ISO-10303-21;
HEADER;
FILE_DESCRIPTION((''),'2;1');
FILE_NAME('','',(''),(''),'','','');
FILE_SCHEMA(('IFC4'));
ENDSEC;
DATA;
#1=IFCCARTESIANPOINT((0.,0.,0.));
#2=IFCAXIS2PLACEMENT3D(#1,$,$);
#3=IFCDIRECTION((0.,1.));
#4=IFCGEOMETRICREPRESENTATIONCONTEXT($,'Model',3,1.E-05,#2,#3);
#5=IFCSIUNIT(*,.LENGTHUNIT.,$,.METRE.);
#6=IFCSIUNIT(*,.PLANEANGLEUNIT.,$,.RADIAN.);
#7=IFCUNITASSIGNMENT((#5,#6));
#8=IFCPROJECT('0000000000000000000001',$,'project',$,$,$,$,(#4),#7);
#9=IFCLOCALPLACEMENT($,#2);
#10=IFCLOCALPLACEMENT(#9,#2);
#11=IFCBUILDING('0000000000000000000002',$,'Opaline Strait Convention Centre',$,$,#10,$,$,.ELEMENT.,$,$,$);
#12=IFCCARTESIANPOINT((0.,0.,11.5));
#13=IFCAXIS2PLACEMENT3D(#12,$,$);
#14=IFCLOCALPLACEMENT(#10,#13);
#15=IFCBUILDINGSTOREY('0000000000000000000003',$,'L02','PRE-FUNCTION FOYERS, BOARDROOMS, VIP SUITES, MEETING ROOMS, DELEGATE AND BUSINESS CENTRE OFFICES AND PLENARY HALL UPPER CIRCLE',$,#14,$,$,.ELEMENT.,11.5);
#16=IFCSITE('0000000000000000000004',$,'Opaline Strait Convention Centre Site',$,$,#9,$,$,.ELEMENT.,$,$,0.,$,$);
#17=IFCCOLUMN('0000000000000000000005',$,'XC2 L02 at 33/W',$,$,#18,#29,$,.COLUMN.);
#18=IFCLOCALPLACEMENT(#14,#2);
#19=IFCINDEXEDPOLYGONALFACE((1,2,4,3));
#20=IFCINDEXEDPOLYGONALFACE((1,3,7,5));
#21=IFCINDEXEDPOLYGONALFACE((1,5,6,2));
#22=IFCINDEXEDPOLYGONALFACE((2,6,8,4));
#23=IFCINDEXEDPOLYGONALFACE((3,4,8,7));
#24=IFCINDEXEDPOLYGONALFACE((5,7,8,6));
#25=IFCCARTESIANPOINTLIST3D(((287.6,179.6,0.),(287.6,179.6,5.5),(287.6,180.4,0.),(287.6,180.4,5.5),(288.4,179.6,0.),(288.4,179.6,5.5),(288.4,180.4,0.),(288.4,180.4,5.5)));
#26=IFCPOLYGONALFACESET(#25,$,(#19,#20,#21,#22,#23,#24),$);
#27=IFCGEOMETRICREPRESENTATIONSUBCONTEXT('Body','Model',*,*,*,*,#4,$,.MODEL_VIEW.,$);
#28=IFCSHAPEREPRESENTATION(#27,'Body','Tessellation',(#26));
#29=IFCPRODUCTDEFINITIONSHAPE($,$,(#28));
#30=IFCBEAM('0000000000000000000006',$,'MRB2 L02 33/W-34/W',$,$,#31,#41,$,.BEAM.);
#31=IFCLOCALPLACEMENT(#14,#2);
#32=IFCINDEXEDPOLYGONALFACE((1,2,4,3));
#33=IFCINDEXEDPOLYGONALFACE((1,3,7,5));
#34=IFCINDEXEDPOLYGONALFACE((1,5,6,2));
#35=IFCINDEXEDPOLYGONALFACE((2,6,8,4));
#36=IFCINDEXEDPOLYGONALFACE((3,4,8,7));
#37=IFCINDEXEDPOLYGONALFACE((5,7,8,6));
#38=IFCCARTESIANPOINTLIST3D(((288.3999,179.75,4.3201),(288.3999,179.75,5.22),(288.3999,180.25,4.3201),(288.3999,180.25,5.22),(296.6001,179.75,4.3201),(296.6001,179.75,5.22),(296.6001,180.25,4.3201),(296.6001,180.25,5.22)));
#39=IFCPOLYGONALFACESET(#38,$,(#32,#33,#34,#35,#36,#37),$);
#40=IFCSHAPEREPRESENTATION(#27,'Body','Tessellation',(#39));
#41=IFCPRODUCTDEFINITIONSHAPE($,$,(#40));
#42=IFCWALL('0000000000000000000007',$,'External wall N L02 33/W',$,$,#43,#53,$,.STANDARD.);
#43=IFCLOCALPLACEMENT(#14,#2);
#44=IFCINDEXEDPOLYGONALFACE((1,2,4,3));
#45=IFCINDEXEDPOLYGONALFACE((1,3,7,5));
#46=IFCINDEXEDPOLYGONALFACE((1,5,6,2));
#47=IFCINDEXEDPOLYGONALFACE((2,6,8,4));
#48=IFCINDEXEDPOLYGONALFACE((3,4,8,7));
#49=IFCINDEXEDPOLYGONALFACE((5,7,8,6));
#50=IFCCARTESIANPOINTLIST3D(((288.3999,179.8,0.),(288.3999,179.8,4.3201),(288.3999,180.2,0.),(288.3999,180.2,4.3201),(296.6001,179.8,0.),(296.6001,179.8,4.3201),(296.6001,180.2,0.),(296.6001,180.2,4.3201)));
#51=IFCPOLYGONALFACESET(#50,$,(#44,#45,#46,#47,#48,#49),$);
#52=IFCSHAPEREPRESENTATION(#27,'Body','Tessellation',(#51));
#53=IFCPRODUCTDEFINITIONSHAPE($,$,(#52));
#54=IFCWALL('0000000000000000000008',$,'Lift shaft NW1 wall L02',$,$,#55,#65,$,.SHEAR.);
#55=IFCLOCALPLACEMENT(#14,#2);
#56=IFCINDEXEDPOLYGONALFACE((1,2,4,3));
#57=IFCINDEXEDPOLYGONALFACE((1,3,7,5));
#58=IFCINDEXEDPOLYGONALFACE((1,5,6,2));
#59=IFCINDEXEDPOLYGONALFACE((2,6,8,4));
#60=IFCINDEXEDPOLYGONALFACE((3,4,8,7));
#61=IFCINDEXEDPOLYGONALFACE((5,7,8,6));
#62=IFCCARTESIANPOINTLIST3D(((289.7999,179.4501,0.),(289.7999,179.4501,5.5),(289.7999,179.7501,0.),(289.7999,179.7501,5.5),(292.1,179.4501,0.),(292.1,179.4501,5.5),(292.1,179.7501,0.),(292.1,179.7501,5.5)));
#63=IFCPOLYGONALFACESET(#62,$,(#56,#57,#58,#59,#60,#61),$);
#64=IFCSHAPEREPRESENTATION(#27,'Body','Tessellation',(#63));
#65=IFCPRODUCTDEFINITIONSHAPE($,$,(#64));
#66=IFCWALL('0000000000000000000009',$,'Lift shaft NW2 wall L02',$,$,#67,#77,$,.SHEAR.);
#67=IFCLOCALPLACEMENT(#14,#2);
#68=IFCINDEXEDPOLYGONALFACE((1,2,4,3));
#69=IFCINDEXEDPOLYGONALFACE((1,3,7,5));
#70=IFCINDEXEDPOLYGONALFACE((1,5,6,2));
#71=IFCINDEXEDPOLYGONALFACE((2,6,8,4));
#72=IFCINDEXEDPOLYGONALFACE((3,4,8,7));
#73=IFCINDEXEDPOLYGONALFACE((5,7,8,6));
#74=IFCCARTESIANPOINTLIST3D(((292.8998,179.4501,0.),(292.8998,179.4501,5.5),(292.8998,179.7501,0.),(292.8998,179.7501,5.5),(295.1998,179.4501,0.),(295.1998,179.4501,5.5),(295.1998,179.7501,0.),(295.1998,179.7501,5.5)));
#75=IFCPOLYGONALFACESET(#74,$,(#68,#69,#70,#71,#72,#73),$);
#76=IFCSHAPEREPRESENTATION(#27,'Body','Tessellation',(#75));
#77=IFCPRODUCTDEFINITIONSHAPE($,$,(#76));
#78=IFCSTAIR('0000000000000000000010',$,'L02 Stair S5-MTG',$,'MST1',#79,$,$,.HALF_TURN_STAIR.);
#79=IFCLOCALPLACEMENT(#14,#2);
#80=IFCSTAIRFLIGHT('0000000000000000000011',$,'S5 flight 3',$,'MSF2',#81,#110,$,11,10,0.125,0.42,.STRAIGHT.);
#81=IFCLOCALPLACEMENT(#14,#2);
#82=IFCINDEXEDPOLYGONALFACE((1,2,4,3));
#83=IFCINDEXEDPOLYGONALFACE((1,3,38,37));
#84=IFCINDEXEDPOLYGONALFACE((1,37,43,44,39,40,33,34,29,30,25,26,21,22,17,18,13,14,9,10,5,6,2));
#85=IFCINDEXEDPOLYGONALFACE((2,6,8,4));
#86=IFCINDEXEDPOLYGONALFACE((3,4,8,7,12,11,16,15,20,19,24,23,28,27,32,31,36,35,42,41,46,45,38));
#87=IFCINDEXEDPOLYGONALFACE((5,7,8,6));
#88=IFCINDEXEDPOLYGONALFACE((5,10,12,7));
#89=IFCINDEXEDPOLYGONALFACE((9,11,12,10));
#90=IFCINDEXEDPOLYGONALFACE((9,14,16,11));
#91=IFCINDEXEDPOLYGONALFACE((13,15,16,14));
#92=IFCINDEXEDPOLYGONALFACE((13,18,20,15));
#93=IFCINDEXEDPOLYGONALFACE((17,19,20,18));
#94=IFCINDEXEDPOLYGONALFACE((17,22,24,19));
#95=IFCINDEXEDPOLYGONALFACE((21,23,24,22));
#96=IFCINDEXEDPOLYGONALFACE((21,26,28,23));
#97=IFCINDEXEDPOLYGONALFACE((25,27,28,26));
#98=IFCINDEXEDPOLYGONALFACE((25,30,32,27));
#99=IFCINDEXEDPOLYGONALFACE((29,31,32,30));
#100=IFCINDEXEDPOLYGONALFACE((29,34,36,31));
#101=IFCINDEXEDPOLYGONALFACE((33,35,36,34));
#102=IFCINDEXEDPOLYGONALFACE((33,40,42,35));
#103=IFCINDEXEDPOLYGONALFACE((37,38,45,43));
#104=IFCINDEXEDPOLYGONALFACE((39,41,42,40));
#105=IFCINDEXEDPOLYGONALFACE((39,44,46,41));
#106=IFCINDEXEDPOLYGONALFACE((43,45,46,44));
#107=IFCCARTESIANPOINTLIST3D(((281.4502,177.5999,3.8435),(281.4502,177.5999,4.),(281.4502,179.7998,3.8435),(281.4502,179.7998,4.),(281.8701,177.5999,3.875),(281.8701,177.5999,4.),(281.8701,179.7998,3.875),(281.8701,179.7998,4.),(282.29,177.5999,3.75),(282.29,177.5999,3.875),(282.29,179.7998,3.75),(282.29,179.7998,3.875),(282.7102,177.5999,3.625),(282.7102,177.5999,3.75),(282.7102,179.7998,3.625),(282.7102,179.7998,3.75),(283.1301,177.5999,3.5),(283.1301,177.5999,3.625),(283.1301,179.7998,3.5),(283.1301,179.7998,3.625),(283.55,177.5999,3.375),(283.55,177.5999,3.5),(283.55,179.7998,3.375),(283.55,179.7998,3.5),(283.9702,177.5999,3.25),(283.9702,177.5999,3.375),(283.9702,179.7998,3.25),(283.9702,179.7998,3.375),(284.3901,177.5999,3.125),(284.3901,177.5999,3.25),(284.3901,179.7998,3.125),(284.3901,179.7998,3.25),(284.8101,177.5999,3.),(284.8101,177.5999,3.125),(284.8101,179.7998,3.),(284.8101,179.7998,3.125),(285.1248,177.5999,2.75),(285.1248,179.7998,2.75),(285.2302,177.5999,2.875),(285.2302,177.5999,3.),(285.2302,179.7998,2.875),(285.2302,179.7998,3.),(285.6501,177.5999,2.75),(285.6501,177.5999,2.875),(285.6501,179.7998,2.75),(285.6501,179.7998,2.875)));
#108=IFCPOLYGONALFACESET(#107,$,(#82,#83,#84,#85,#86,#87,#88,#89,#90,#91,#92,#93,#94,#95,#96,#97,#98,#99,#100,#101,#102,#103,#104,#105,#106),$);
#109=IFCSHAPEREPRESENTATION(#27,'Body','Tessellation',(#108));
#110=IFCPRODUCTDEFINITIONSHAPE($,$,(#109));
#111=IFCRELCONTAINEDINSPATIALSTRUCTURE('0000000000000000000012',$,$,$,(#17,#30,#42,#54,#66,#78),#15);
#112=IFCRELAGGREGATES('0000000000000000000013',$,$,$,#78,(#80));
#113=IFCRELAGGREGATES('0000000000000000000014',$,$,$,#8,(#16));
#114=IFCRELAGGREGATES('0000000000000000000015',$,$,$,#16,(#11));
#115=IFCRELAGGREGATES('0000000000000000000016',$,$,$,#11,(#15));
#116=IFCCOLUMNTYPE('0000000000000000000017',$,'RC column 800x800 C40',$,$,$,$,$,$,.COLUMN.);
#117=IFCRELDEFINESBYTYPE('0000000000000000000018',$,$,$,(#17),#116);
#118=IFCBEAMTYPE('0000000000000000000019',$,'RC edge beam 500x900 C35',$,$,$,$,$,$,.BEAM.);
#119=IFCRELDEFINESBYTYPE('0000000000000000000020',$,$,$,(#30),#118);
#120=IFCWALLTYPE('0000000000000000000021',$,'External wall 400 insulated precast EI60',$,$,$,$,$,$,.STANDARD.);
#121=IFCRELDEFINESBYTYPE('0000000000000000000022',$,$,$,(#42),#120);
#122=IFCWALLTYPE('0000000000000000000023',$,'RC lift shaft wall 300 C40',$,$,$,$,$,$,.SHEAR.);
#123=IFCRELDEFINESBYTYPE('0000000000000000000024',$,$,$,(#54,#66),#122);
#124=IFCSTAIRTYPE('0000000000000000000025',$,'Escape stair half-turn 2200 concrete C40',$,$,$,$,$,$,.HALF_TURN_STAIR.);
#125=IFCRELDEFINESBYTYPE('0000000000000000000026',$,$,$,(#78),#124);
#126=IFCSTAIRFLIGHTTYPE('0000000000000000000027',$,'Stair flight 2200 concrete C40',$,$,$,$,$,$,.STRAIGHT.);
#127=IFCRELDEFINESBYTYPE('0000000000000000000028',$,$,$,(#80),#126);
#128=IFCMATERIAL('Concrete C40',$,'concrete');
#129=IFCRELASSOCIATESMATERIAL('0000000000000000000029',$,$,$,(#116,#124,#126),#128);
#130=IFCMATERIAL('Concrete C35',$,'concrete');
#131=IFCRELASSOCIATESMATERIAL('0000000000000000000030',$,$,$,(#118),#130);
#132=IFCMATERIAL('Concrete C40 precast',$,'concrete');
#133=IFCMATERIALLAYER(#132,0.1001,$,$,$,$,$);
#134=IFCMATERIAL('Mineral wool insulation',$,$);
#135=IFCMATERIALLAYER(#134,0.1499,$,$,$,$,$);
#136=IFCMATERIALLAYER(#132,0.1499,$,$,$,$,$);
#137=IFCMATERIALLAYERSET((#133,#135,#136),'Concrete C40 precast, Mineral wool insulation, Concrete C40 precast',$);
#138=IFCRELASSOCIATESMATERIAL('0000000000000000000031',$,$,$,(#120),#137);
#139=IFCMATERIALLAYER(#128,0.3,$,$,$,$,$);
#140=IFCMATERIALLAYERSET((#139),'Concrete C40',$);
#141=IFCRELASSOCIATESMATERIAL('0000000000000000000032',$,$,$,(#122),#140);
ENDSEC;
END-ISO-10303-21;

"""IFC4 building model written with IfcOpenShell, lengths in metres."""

from ifc_helpers import new_model, si_unit, direction, frame, frame_2d, origin, origin_2d, place, context, subcontext, project, spatial, polyline, rectangle, outline, extrude, material, layer, layer_set, material_profile, profile_set, type_object, element, aggregate, save


model = new_model("IFC4")

# Units and contexts
model_context = context("Model", 3, precision=1e-05, world=origin(), true_north=direction((0.0, 1.0)))
body_context = subcontext(model_context, "Body", "Model", "MODEL_VIEW")
ifc_project = project(units=[si_unit("LENGTHUNIT", "METRE"), si_unit("PLANEANGLEUNIT", "RADIAN")], contexts=[model_context])

# Site, building, storey
site_placement = place(None, origin())
site = spatial("IfcSite", under=ifc_project, at=site_placement, Name="Opaline Strait Convention Centre Site", CompositionType="ELEMENT", RefElevation=0.0)
building_placement = place(site_placement, origin())
building = spatial("IfcBuilding", under=site, at=building_placement, Name="Opaline Strait Convention Centre", CompositionType="ELEMENT")
storey_placement = place(building_placement, frame((0.0, 0.0, 11.5)))
storey = spatial("IfcBuildingStorey", under=building, at=storey_placement, Name="L02", Description="PRE-FUNCTION FOYERS, BOARDROOMS, VIP SUITES, MEETING ROOMS, DELEGATE AND BUSINESS CENTRE OFFICES AND PLENARY HALL UPPER CIRCLE", CompositionType="ELEMENT", Elevation=11.5)

# Column
ifc_material_1 = material(Name="Concrete C40", Category="concrete")
ifc_material_profile_1 = material_profile(ifc_material_1, rectangle(XDim=0.8, YDim=0.8, at=origin_2d()), Name="RC 800x800")
ifc_profile_set_1 = profile_set([ifc_material_profile_1], Name="Concrete C40")
column_type = type_object("IfcColumnType", Name="RC column 800x800 C40", PredefinedType="COLUMN", material=ifc_profile_set_1)
column_placement = place(storey_placement, frame((288.0, 180.0, 0.0), z_axis=(0.0, 0.0, 1.0), x_axis=(1.0, 0.0, 0.0)))
element("IfcColumn", 1, at=column_placement, inside=storey, type_object=column_type, Name="XC2 L02 at 33/W", PredefinedType="COLUMN", context=body_context, shape_type="SweptSolid", body=[
    extrude(rectangle(XDim=0.8, YDim=0.8, at=origin_2d()), origin(), (0.0, 0.0, 1.0), 5.5),
])

# Beam
ifc_material_2 = material(Name="Concrete C35", Category="concrete")
ifc_material_profile_2 = material_profile(ifc_material_2, rectangle(XDim=0.5, YDim=0.8999, at=origin_2d()), Name="RC 500x900")
ifc_profile_set_2 = profile_set([ifc_material_profile_2], Name="Concrete C35")
beam_type = type_object("IfcBeamType", Name="RC edge beam 500x900 C35", PredefinedType="BEAM", material=ifc_profile_set_2)
beam_placement = place(storey_placement, frame((288.3999, 180.0, 4.77), z_axis=(1.0, 0.0, 0.0), x_axis=(0.0, 1.0, 0.0)))
element("IfcBeam", 2, at=beam_placement, inside=storey, type_object=beam_type, Name="MRB2 L02 33/W-34/W", PredefinedType="BEAM", context=body_context, shape_type="SweptSolid", body=[
    extrude(rectangle(XDim=0.5, YDim=0.8999, at=origin_2d()), origin(), (0.0, 0.0, 1.0), 8.2002),
])

# Walls
ifc_material_3 = material(Name="Concrete C40 precast", Category="concrete")
ifc_layer_1 = layer(ifc_material_3, 0.1001)
ifc_material_4 = material(Name="Mineral wool insulation")
ifc_layer_2 = layer(ifc_material_4, 0.1499)
ifc_layer_3 = layer(ifc_material_3, 0.1499)
ifc_layer_set_1 = layer_set([ifc_layer_1, ifc_layer_2, ifc_layer_3], Name="Concrete C40 precast, Mineral wool insulation, Concrete C40 precast")
wall_type_1 = type_object("IfcWallType", Name="External wall 400 insulated precast EI60", PredefinedType="STANDARD", material=ifc_layer_set_1)
wall_placement = place(storey_placement, frame((288.3999, 180.0, 0.0), z_axis=(0.0, 0.0, 1.0), x_axis=(1.0, 0.0, 0.0)))
element("IfcWall", 3, at=wall_placement, inside=storey, type_object=wall_type_1, Name="External wall N L02 33/W", PredefinedType="STANDARD", context=body_context, shape_type="SweptSolid", body=[
    extrude(rectangle(XDim=8.2002, YDim=0.3999, at=frame_2d((4.1001, 0.0))), origin(), (0.0, 0.0, 1.0), 4.3201),
])
ifc_layer_4 = layer(ifc_material_1, 0.3)
ifc_layer_set_2 = layer_set([ifc_layer_4], Name="Concrete C40")
wall_type_2 = type_object("IfcWallType", Name="RC lift shaft wall 300 C40", PredefinedType="SHEAR", material=ifc_layer_set_2)
for number, where, z_axis, x_axis, name in (
    (4, (289.8, 179.6001, 0.0), (0.0, 0.0, 1.0), (1.0, 0.0, 0.0), "Lift shaft NW1 wall L02"),
    (5, (292.8999, 179.6001, 0.0), (0.0, 0.0, 1.0), (1.0, 0.0, 0.0), "Lift shaft NW2 wall L02"),
):
    element("IfcWall", number, at=place(storey_placement, frame(where, z_axis=z_axis, x_axis=x_axis)), inside=storey, type_object=wall_type_2, Name=name, PredefinedType="SHEAR", context=body_context, shape_type="SweptSolid", body=[
        extrude(rectangle(XDim=2.3, YDim=0.3, at=frame_2d((1.1499, 0.0))), origin(), (0.0, 0.0, 1.0), 5.5),
    ])

# Stair, stair flight
stair_type = type_object("IfcStairType", Name="Escape stair half-turn 2200 concrete C40", PredefinedType="HALF_TURN_STAIR", material=ifc_material_1)
stair_placement = place(storey_placement, origin())
stair = element("IfcStair", 6, at=stair_placement, inside=storey, type_object=stair_type, Name="L02 Stair S5-MTG", ObjectType="MST1", PredefinedType="HALF_TURN_STAIR")
stair_flight_type = type_object("IfcStairFlightType", Name="Stair flight 2200 concrete C40", PredefinedType="STRAIGHT", material=ifc_material_1)
stair_flight_placement = place(storey_placement, frame((285.6501, 178.7, 2.75), z_axis=(0.0, 0.0, 1.0), x_axis=(-1.0, 0.0, 0.0)))
stair_flight = element("IfcStairFlight", 7, at=stair_flight_placement, type_object=stair_flight_type, Name="S5 flight 3", ObjectType="MSF2", NumberOfRisers=11, NumberOfTreads=10, PredefinedType="STRAIGHT", RiserHeight=0.125, TreadLength=0.42, context=body_context, shape_type="SweptSolid", body=[
    extrude(outline(polyline([(0.0, 0.0), (0.0, 0.125), (0.4199, 0.125), (0.4199, 0.25), (0.8401, 0.25), (0.8401, 0.375), (1.26, 0.375), (1.26, 0.5), (1.6799, 0.5), (1.6799, 0.625), (2.1001, 0.625), (2.1001, 0.75), (2.52, 0.75), (2.52, 0.875), (2.9399, 0.875), (2.9399, 1.0), (3.3601, 1.0), (3.3601, 1.125), (3.78, 1.125), (3.78, 1.25), (4.2, 1.25), (4.2, 1.375), (4.2, 1.0935), (0.5254, 0.0), (0.0, 0.0)])), frame((0.0, 1.1001, 0.0), z_axis=(0.0, -1.0, 0.0), x_axis=(1.0, 0.0, 0.0)), (0.0, 0.0, 1.0), 2.2),
])
aggregate(stair, [stair_flight])

save(model, "model.ifc")
